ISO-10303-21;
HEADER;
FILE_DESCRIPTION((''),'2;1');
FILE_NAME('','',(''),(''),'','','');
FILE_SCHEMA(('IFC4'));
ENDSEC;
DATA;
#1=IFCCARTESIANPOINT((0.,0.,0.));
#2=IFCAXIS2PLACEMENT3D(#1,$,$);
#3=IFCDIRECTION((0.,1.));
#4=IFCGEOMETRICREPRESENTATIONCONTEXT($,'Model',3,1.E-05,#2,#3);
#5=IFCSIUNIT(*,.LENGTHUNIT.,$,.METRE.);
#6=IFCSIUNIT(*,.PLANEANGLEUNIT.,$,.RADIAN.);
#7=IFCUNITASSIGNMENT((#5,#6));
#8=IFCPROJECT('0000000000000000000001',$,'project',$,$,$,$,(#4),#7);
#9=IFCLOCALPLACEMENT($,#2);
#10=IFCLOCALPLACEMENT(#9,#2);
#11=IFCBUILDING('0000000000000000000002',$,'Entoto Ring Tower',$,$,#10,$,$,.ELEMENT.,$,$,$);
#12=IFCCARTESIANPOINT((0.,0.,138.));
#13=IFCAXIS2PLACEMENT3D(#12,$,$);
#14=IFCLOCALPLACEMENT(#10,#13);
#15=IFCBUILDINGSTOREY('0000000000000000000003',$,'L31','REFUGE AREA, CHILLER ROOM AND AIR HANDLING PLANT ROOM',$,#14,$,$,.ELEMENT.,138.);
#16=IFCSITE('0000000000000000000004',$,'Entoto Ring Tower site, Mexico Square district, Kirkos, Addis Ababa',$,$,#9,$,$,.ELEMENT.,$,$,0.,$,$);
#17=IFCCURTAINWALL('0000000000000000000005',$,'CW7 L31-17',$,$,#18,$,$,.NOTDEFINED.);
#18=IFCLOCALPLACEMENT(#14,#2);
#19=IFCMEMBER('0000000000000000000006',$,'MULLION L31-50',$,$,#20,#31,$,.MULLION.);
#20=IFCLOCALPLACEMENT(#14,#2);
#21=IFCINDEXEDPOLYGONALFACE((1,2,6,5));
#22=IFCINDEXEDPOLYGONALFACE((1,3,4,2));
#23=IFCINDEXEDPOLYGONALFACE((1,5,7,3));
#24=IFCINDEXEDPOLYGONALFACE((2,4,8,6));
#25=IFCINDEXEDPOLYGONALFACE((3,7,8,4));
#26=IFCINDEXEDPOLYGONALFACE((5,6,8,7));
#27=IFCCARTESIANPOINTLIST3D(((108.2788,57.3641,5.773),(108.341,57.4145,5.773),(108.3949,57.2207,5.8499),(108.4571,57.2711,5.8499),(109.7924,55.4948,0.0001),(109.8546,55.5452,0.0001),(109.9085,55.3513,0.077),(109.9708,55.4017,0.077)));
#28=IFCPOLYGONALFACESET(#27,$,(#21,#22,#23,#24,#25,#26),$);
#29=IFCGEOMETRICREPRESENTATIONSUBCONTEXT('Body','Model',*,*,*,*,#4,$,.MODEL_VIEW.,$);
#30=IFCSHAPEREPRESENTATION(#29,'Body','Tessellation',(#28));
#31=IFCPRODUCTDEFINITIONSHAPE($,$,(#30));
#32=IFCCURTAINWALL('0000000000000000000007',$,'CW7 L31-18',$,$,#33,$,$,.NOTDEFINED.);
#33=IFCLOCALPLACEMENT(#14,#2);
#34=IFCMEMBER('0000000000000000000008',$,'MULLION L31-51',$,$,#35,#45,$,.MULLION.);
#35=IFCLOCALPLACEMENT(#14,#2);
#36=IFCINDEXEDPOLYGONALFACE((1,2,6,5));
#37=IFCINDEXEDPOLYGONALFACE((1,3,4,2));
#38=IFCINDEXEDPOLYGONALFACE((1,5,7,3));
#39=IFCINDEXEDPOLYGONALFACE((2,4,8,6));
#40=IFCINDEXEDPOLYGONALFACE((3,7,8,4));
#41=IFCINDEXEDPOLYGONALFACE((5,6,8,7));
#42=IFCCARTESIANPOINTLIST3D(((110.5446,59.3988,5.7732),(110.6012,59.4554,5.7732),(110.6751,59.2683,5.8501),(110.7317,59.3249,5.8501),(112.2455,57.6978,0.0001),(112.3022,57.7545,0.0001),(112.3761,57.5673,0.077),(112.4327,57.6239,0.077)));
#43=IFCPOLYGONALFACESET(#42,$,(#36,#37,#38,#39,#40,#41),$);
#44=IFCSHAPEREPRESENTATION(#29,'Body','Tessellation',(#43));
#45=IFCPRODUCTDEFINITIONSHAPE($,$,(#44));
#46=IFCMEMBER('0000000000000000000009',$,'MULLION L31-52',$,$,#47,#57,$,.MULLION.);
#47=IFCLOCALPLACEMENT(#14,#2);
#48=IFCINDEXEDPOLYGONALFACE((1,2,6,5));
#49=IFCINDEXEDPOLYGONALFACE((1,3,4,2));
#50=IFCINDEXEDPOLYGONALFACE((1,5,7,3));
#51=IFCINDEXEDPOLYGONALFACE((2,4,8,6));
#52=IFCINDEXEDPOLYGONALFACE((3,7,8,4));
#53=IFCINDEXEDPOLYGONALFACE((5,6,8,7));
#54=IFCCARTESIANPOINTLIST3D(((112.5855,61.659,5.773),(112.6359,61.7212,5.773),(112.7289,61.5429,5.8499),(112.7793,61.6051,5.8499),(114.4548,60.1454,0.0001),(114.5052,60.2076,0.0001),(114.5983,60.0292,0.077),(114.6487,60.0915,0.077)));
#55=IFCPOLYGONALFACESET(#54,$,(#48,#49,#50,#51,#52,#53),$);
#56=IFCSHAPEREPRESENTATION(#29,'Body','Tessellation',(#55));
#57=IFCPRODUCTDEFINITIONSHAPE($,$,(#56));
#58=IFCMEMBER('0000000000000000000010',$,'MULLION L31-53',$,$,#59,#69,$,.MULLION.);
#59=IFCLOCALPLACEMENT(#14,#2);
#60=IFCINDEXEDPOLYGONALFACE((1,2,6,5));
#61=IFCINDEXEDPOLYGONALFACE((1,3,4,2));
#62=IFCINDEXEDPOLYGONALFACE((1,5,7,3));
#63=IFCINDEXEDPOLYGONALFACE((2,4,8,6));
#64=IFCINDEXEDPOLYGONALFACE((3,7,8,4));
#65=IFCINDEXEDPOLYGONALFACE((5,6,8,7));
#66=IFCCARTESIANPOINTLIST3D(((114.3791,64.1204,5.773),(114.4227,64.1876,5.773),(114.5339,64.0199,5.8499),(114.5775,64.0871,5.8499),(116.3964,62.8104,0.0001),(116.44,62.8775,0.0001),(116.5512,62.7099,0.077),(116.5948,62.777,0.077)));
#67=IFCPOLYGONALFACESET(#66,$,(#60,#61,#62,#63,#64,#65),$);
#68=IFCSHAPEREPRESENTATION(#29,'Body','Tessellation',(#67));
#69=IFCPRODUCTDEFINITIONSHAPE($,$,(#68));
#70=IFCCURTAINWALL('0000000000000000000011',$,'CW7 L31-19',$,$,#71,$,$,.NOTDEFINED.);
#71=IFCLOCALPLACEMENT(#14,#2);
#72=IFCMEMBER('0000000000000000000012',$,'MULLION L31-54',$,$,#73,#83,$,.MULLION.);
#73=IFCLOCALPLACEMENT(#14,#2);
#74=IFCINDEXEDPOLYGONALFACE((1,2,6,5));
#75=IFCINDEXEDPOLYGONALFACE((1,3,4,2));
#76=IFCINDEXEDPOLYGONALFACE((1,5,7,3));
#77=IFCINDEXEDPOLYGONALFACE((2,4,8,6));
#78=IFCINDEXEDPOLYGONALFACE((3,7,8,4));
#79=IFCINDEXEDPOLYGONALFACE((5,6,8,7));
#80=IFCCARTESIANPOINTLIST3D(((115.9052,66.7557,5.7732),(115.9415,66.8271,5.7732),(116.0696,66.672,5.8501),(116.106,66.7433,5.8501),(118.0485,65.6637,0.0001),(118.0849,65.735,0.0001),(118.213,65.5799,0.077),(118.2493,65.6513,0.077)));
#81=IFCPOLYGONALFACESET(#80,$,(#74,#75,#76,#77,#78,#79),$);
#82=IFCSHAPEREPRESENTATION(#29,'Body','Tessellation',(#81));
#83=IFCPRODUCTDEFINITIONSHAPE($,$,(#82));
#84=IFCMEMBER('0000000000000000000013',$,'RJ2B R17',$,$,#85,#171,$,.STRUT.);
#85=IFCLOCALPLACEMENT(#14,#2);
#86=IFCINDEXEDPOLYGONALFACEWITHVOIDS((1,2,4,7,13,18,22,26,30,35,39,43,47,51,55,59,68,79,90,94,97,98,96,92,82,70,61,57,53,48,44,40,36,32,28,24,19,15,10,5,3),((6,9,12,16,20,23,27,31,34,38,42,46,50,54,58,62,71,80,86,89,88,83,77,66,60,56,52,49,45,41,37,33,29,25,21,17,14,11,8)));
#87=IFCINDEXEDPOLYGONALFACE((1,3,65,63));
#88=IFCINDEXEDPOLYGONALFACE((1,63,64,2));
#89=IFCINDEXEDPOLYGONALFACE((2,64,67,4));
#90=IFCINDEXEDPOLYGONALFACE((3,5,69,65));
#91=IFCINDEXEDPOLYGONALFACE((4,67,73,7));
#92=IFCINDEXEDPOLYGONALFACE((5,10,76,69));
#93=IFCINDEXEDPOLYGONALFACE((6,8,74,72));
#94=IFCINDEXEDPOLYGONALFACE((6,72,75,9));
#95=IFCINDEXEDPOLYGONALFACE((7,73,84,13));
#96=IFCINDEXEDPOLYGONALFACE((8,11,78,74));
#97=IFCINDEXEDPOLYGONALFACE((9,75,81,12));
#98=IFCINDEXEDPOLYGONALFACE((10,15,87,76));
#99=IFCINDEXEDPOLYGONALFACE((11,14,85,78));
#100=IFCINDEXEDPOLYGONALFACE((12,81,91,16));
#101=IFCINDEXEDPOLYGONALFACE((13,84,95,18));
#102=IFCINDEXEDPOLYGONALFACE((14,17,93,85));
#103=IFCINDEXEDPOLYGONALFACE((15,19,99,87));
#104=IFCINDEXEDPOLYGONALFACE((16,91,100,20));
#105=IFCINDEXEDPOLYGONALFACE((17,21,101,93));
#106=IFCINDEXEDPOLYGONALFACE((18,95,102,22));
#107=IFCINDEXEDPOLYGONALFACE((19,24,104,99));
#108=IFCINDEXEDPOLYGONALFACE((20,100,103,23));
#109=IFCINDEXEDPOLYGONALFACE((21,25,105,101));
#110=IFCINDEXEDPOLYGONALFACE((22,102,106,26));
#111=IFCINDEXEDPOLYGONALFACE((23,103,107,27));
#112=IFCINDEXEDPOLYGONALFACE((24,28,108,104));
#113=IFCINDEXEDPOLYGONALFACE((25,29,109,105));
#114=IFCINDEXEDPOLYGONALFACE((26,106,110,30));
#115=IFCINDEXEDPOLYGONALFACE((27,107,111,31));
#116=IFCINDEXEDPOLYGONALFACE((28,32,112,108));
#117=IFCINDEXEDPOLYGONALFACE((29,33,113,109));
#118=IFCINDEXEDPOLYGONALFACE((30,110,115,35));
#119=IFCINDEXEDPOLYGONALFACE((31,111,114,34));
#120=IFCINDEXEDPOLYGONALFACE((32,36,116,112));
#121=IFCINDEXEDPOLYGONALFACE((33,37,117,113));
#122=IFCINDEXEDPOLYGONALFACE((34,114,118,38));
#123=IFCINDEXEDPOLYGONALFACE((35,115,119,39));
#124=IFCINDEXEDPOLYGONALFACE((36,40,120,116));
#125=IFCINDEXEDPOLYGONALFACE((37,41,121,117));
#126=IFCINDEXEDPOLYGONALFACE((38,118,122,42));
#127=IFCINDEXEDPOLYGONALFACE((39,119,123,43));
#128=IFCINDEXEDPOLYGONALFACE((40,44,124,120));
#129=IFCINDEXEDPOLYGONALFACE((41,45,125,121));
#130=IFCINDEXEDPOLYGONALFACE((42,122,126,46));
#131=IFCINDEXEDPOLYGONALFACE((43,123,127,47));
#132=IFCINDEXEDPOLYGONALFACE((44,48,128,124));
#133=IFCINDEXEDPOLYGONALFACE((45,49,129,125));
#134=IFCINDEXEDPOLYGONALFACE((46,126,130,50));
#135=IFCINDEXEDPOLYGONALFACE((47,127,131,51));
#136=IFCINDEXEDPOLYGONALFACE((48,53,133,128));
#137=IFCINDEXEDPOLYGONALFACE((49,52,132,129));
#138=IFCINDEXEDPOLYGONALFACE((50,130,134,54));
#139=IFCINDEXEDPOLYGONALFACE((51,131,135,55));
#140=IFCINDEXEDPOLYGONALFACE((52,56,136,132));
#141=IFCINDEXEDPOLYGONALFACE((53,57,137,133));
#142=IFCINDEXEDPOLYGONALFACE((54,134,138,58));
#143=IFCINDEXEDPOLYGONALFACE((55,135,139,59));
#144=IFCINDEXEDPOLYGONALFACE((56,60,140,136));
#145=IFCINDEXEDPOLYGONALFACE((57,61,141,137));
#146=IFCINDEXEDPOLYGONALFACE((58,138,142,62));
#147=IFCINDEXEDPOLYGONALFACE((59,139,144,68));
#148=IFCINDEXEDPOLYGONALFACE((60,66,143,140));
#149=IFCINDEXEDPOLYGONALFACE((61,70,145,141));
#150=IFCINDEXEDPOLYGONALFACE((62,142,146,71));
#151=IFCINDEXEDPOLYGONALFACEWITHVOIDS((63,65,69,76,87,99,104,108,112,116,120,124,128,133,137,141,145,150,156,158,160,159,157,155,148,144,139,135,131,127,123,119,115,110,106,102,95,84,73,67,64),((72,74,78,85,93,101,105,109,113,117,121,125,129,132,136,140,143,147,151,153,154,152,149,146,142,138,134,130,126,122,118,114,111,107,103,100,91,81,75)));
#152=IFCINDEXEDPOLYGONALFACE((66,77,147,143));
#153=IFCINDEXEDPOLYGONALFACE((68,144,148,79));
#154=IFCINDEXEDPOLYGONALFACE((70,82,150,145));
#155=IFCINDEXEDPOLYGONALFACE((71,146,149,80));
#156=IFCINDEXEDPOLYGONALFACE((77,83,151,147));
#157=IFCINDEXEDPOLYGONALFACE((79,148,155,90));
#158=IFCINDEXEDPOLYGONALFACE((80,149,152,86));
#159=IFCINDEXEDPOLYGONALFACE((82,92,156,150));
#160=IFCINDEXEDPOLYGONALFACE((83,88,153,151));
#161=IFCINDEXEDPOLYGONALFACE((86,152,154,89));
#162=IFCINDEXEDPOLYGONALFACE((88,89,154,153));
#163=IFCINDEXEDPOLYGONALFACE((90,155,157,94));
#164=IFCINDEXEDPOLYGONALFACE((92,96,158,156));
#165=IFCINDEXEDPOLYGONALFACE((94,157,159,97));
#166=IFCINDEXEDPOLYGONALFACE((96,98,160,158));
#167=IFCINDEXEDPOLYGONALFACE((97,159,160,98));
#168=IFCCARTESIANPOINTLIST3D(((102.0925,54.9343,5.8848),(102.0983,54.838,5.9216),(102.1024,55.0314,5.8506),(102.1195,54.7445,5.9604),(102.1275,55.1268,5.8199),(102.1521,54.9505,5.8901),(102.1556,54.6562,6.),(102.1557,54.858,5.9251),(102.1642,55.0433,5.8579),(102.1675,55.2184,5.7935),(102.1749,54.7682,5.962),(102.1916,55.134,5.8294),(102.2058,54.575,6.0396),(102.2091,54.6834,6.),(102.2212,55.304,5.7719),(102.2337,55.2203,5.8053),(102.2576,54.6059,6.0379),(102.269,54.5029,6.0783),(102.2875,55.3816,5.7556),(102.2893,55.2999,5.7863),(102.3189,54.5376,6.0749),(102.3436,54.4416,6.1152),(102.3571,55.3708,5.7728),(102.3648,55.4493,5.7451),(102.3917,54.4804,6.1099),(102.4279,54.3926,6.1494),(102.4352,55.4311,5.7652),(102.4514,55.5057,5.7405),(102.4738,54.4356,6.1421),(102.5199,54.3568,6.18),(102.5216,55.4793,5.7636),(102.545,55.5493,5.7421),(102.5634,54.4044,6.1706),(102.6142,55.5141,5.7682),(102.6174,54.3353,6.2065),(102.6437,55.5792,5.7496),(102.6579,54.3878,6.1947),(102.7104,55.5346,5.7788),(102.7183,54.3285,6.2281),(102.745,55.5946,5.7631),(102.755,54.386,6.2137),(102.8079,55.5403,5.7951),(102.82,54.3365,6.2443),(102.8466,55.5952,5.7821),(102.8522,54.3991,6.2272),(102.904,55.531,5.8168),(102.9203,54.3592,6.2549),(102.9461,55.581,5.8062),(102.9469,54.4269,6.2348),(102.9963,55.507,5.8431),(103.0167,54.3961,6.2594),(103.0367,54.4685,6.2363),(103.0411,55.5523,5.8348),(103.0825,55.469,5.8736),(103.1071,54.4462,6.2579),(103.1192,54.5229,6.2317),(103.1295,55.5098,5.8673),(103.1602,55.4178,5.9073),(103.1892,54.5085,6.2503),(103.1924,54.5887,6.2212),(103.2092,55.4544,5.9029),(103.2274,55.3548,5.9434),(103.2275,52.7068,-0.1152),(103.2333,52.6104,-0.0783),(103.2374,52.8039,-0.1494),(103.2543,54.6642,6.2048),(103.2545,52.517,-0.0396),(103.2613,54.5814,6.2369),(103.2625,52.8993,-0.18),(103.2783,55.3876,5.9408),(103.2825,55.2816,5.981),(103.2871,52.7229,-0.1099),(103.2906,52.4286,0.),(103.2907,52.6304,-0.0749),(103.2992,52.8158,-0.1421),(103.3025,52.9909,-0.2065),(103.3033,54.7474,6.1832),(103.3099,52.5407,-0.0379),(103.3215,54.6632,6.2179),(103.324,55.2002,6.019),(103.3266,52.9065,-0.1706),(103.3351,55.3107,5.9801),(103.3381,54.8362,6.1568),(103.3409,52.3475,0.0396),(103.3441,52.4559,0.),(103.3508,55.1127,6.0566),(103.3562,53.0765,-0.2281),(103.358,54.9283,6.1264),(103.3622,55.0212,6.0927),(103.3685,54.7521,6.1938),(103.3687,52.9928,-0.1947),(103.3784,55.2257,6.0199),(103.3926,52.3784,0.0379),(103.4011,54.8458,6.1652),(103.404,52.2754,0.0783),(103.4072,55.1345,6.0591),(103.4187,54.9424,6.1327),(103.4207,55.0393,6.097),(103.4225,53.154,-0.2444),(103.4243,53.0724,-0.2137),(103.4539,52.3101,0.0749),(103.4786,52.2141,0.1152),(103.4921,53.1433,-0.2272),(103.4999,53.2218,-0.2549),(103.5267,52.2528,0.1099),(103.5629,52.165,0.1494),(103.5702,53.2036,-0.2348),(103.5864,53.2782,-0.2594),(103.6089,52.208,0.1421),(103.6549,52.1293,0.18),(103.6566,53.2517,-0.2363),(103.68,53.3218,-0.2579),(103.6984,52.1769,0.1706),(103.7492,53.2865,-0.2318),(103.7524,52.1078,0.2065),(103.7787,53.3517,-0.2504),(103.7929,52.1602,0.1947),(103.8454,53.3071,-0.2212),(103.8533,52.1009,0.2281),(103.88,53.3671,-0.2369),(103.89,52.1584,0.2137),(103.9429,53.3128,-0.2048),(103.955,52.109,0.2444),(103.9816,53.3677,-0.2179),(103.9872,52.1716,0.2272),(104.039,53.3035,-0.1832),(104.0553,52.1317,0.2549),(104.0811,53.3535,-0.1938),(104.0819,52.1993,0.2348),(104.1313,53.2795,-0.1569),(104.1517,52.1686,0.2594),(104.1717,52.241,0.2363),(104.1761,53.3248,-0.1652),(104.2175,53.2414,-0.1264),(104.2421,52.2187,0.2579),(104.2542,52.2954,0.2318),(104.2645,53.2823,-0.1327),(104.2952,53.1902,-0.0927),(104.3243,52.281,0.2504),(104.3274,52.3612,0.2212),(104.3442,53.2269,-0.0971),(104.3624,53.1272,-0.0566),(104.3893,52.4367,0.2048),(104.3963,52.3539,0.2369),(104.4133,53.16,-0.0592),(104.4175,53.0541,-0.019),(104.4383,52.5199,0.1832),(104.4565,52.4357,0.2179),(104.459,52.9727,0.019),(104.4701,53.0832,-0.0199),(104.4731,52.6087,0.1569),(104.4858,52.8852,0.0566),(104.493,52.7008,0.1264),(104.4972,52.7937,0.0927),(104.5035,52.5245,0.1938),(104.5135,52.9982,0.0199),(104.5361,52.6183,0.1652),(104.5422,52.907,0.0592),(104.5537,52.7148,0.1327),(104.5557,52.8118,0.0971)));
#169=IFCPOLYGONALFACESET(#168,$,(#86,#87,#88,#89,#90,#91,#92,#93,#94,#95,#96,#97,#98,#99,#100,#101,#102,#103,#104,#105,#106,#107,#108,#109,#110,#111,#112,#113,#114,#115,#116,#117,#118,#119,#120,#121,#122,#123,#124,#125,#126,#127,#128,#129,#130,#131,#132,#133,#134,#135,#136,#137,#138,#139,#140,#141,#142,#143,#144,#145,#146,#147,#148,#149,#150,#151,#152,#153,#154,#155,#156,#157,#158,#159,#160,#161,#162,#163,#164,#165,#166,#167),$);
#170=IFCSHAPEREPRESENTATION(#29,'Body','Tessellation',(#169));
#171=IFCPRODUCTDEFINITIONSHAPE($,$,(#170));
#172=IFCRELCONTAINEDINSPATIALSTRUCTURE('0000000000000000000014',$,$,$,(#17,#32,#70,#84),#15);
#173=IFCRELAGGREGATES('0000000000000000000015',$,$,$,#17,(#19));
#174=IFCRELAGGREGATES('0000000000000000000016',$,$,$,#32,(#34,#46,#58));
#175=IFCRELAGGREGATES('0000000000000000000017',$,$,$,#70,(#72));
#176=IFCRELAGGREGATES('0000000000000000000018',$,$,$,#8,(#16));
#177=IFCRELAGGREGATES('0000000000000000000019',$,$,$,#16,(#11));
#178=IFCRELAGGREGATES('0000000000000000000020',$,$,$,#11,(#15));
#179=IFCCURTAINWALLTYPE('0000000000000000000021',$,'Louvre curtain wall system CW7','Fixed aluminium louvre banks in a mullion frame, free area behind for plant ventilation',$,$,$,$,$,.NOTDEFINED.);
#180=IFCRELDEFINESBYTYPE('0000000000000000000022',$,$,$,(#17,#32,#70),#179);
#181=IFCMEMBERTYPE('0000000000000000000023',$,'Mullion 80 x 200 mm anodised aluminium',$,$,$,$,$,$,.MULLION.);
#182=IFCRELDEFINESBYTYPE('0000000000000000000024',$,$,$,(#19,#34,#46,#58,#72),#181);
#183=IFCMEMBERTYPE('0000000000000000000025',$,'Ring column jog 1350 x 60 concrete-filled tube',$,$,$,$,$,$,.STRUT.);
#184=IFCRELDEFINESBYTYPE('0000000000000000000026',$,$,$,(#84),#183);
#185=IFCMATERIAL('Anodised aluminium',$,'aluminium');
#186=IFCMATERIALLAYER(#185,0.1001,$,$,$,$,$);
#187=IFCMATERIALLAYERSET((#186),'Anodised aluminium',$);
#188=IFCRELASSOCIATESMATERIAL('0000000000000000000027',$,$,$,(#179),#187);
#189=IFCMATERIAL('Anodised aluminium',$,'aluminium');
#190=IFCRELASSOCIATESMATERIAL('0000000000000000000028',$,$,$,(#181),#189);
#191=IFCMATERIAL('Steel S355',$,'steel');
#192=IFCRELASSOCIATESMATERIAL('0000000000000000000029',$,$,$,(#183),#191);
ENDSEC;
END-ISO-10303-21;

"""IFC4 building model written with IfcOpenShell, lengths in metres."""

from ifc_helpers import new_model, si_unit, direction, frame, origin, origin_2d, place, context, subcontext, project, spatial, rectangle, circle, hollow_circle, extrude, material, layer, layer_set, material_profile, profile_set, type_object, element, aggregate, save


model = new_model("IFC4")

# Units and contexts
model_context = context("Model", 3, precision=1e-05, world=origin(), true_north=direction((0.0, 1.0)))
body_context = subcontext(model_context, "Body", "Model", "MODEL_VIEW")
ifc_project = project(units=[si_unit("LENGTHUNIT", "METRE"), si_unit("PLANEANGLEUNIT", "RADIAN")], contexts=[model_context])

# Site, building, storey
site_placement = place(None, origin())
site = spatial("IfcSite", under=ifc_project, at=site_placement, Name="Entoto Ring Tower site, Mexico Square district, Kirkos, Addis Ababa", CompositionType="ELEMENT", RefElevation=0.0)
building_placement = place(site_placement, origin())
building = spatial("IfcBuilding", under=site, at=building_placement, Name="Entoto Ring Tower", CompositionType="ELEMENT")
storey_placement = place(building_placement, frame((0.0, 0.0, 138.0)))
storey = spatial("IfcBuildingStorey", under=building, at=storey_placement, Name="L31", Description="REFUGE AREA, CHILLER ROOM AND AIR HANDLING PLANT ROOM", CompositionType="ELEMENT", Elevation=138.0)

# Curtain walls, members
ifc_material_1 = material(Name="Anodised aluminium", Category="aluminium")
ifc_layer_1 = layer(ifc_material_1, 0.1001)
ifc_layer_set_1 = layer_set([ifc_layer_1], Name="Anodised aluminium")
curtain_wall_type = type_object("IfcCurtainWallType", Name="Louvre curtain wall system CW7", Description="Fixed aluminium louvre banks in a mullion frame, free area behind for plant ventilation", PredefinedType="NOTDEFINED", material=ifc_layer_set_1)
curtain_wall_1_placement = place(storey_placement, origin())
curtain_wall_1 = element("IfcCurtainWall", 1, at=curtain_wall_1_placement, inside=storey, type_object=curtain_wall_type, Name="CW7 L31-17", PredefinedType="NOTDEFINED")
ifc_material_2 = material(Name="Anodised aluminium", Category="aluminium")
ifc_material_profile_1 = material_profile(ifc_material_2, rectangle(XDim=0.0801, YDim=0.2, at=origin_2d()), Name="Mullion 80 x 200 mm anodised aluminium")
ifc_profile_set_1 = profile_set([ifc_material_profile_1], Name="Anodised aluminium")
member_type_1 = type_object("IfcMemberType", Name="Mullion 80 x 200 mm anodised aluminium", PredefinedType="MULLION", material=ifc_profile_set_1)
member_1_placement = place(storey_placement, frame((109.8816, 55.4482, 0.0386), z_axis=(-0.242032, 0.298909, 0.923078), x_axis=(-0.777172, -0.629289, 0.0)))
member_1 = element("IfcMember", 2, at=member_1_placement, type_object=member_type_1, Name="MULLION L31-50", PredefinedType="MULLION", context=body_context, shape_type="SweptSolid", body=[
    extrude(rectangle(XDim=0.0801, YDim=0.2, at=origin_2d()), origin(), (0.0, 0.0, 1.0), 6.2539),
])
aggregate(curtain_wall_1, [member_1])
curtain_wall_2_placement = place(storey_placement, origin())
curtain_wall_2 = element("IfcCurtainWall", 3, at=curtain_wall_2_placement, inside=storey, type_object=curtain_wall_type, Name="CW7 L31-18", PredefinedType="NOTDEFINED")
member_2_placement = place(storey_placement, frame((112.3391, 57.6609, 0.0386), z_axis=(-0.271972, 0.271972, 0.923072), x_axis=(-0.707107, -0.707107, 0.0)))
member_2 = element("IfcMember", 4, at=member_2_placement, type_object=member_type_1, Name="MULLION L31-51", PredefinedType="MULLION", context=body_context, shape_type="SweptSolid", body=[
    extrude(rectangle(XDim=0.0801, YDim=0.2, at=origin_2d()), origin(), (0.0, 0.0, 1.0), 6.2542),
])
member_3_placement = place(storey_placement, frame((114.5518, 60.1184, 0.0386), z_axis=(-0.298909, 0.242032, 0.923078), x_axis=(-0.629289, -0.777172, 0.0)))
member_3 = element("IfcMember", 5, at=member_3_placement, type_object=member_type_1, Name="MULLION L31-52", PredefinedType="MULLION", context=body_context, shape_type="SweptSolid", body=[
    extrude(rectangle(XDim=0.0801, YDim=0.2, at=origin_2d()), origin(), (0.0, 0.0, 1.0), 6.2539),
])
member_4_placement = place(storey_placement, frame((116.4956, 62.7937, 0.0386), z_axis=(-0.322566, 0.209474, 0.923077), x_axis=(-0.544635, -0.838673, 0.0)))
member_4 = element("IfcMember", 6, at=member_4_placement, type_object=member_type_1, Name="MULLION L31-53", PredefinedType="MULLION", context=body_context, shape_type="SweptSolid", body=[
    extrude(rectangle(XDim=0.0801, YDim=0.2, at=origin_2d()), origin(), (0.0, 0.0, 1.0), 6.2539),
])
aggregate(curtain_wall_2, [member_2, member_3, member_4])

# Curtain wall, member
curtain_wall_3_placement = place(storey_placement, origin())
curtain_wall_3 = element("IfcCurtainWall", 7, at=curtain_wall_3_placement, inside=storey, type_object=curtain_wall_type, Name="CW7 L31-19", PredefinedType="NOTDEFINED")
member_5_placement = place(storey_placement, frame((118.1489, 65.6575, 0.0386), z_axis=(-0.342707, 0.174613, 0.923072), x_axis=(-0.453981, -0.891012, 0.0)))
member_5 = element("IfcMember", 8, at=member_5_placement, type_object=member_type_1, Name="MULLION L31-54", PredefinedType="MULLION", context=body_context, shape_type="SweptSolid", body=[
    extrude(rectangle(XDim=0.0801, YDim=0.2, at=origin_2d()), origin(), (0.0, 0.0, 1.0), 6.2542),
])
aggregate(curtain_wall_3, [member_5])

# Member
ifc_material_3 = material(Name="Steel S355", Category="steel")
ifc_material_profile_2 = material_profile(ifc_material_3, hollow_circle(Radius=0.675, WallThickness=0.0601, at=origin_2d()), Name="CHS 1350 x 60")
ifc_material_4 = material(Name="Concrete C60/75", Category="concrete")
ifc_material_profile_3 = material_profile(ifc_material_4, circle(Radius=0.615, at=origin_2d()), Name="Concrete C60/75 infill")
ifc_profile_set_2 = profile_set([ifc_material_profile_2, ifc_material_profile_3], Name="Steel S355")
member_type_2 = type_object("IfcMemberType", Name="Ring column jog 1350 x 60 concrete-filled tube", PredefinedType="STRUT", material=ifc_profile_set_2)
for number, where, z_axis, x_axis, name in (
    (9, (103.8921, 52.7351, 0.0), (-0.174617, 0.342698, 0.923075), (-0.891003, -0.453997, 0.0), "RJ2B R17"),
):
    element("IfcMember", number, at=place(storey_placement, frame(where, z_axis=z_axis, x_axis=x_axis)), inside=storey, type_object=member_type_2, Name=name, PredefinedType="STRUT", context=body_context, shape_type="SweptSolid", body=[
        extrude(hollow_circle(Radius=0.675, WallThickness=0.0601, at=origin_2d()), origin(), (0.0, 0.0, 1.0), 6.5),
    ])

save(model, "model.ifc")
